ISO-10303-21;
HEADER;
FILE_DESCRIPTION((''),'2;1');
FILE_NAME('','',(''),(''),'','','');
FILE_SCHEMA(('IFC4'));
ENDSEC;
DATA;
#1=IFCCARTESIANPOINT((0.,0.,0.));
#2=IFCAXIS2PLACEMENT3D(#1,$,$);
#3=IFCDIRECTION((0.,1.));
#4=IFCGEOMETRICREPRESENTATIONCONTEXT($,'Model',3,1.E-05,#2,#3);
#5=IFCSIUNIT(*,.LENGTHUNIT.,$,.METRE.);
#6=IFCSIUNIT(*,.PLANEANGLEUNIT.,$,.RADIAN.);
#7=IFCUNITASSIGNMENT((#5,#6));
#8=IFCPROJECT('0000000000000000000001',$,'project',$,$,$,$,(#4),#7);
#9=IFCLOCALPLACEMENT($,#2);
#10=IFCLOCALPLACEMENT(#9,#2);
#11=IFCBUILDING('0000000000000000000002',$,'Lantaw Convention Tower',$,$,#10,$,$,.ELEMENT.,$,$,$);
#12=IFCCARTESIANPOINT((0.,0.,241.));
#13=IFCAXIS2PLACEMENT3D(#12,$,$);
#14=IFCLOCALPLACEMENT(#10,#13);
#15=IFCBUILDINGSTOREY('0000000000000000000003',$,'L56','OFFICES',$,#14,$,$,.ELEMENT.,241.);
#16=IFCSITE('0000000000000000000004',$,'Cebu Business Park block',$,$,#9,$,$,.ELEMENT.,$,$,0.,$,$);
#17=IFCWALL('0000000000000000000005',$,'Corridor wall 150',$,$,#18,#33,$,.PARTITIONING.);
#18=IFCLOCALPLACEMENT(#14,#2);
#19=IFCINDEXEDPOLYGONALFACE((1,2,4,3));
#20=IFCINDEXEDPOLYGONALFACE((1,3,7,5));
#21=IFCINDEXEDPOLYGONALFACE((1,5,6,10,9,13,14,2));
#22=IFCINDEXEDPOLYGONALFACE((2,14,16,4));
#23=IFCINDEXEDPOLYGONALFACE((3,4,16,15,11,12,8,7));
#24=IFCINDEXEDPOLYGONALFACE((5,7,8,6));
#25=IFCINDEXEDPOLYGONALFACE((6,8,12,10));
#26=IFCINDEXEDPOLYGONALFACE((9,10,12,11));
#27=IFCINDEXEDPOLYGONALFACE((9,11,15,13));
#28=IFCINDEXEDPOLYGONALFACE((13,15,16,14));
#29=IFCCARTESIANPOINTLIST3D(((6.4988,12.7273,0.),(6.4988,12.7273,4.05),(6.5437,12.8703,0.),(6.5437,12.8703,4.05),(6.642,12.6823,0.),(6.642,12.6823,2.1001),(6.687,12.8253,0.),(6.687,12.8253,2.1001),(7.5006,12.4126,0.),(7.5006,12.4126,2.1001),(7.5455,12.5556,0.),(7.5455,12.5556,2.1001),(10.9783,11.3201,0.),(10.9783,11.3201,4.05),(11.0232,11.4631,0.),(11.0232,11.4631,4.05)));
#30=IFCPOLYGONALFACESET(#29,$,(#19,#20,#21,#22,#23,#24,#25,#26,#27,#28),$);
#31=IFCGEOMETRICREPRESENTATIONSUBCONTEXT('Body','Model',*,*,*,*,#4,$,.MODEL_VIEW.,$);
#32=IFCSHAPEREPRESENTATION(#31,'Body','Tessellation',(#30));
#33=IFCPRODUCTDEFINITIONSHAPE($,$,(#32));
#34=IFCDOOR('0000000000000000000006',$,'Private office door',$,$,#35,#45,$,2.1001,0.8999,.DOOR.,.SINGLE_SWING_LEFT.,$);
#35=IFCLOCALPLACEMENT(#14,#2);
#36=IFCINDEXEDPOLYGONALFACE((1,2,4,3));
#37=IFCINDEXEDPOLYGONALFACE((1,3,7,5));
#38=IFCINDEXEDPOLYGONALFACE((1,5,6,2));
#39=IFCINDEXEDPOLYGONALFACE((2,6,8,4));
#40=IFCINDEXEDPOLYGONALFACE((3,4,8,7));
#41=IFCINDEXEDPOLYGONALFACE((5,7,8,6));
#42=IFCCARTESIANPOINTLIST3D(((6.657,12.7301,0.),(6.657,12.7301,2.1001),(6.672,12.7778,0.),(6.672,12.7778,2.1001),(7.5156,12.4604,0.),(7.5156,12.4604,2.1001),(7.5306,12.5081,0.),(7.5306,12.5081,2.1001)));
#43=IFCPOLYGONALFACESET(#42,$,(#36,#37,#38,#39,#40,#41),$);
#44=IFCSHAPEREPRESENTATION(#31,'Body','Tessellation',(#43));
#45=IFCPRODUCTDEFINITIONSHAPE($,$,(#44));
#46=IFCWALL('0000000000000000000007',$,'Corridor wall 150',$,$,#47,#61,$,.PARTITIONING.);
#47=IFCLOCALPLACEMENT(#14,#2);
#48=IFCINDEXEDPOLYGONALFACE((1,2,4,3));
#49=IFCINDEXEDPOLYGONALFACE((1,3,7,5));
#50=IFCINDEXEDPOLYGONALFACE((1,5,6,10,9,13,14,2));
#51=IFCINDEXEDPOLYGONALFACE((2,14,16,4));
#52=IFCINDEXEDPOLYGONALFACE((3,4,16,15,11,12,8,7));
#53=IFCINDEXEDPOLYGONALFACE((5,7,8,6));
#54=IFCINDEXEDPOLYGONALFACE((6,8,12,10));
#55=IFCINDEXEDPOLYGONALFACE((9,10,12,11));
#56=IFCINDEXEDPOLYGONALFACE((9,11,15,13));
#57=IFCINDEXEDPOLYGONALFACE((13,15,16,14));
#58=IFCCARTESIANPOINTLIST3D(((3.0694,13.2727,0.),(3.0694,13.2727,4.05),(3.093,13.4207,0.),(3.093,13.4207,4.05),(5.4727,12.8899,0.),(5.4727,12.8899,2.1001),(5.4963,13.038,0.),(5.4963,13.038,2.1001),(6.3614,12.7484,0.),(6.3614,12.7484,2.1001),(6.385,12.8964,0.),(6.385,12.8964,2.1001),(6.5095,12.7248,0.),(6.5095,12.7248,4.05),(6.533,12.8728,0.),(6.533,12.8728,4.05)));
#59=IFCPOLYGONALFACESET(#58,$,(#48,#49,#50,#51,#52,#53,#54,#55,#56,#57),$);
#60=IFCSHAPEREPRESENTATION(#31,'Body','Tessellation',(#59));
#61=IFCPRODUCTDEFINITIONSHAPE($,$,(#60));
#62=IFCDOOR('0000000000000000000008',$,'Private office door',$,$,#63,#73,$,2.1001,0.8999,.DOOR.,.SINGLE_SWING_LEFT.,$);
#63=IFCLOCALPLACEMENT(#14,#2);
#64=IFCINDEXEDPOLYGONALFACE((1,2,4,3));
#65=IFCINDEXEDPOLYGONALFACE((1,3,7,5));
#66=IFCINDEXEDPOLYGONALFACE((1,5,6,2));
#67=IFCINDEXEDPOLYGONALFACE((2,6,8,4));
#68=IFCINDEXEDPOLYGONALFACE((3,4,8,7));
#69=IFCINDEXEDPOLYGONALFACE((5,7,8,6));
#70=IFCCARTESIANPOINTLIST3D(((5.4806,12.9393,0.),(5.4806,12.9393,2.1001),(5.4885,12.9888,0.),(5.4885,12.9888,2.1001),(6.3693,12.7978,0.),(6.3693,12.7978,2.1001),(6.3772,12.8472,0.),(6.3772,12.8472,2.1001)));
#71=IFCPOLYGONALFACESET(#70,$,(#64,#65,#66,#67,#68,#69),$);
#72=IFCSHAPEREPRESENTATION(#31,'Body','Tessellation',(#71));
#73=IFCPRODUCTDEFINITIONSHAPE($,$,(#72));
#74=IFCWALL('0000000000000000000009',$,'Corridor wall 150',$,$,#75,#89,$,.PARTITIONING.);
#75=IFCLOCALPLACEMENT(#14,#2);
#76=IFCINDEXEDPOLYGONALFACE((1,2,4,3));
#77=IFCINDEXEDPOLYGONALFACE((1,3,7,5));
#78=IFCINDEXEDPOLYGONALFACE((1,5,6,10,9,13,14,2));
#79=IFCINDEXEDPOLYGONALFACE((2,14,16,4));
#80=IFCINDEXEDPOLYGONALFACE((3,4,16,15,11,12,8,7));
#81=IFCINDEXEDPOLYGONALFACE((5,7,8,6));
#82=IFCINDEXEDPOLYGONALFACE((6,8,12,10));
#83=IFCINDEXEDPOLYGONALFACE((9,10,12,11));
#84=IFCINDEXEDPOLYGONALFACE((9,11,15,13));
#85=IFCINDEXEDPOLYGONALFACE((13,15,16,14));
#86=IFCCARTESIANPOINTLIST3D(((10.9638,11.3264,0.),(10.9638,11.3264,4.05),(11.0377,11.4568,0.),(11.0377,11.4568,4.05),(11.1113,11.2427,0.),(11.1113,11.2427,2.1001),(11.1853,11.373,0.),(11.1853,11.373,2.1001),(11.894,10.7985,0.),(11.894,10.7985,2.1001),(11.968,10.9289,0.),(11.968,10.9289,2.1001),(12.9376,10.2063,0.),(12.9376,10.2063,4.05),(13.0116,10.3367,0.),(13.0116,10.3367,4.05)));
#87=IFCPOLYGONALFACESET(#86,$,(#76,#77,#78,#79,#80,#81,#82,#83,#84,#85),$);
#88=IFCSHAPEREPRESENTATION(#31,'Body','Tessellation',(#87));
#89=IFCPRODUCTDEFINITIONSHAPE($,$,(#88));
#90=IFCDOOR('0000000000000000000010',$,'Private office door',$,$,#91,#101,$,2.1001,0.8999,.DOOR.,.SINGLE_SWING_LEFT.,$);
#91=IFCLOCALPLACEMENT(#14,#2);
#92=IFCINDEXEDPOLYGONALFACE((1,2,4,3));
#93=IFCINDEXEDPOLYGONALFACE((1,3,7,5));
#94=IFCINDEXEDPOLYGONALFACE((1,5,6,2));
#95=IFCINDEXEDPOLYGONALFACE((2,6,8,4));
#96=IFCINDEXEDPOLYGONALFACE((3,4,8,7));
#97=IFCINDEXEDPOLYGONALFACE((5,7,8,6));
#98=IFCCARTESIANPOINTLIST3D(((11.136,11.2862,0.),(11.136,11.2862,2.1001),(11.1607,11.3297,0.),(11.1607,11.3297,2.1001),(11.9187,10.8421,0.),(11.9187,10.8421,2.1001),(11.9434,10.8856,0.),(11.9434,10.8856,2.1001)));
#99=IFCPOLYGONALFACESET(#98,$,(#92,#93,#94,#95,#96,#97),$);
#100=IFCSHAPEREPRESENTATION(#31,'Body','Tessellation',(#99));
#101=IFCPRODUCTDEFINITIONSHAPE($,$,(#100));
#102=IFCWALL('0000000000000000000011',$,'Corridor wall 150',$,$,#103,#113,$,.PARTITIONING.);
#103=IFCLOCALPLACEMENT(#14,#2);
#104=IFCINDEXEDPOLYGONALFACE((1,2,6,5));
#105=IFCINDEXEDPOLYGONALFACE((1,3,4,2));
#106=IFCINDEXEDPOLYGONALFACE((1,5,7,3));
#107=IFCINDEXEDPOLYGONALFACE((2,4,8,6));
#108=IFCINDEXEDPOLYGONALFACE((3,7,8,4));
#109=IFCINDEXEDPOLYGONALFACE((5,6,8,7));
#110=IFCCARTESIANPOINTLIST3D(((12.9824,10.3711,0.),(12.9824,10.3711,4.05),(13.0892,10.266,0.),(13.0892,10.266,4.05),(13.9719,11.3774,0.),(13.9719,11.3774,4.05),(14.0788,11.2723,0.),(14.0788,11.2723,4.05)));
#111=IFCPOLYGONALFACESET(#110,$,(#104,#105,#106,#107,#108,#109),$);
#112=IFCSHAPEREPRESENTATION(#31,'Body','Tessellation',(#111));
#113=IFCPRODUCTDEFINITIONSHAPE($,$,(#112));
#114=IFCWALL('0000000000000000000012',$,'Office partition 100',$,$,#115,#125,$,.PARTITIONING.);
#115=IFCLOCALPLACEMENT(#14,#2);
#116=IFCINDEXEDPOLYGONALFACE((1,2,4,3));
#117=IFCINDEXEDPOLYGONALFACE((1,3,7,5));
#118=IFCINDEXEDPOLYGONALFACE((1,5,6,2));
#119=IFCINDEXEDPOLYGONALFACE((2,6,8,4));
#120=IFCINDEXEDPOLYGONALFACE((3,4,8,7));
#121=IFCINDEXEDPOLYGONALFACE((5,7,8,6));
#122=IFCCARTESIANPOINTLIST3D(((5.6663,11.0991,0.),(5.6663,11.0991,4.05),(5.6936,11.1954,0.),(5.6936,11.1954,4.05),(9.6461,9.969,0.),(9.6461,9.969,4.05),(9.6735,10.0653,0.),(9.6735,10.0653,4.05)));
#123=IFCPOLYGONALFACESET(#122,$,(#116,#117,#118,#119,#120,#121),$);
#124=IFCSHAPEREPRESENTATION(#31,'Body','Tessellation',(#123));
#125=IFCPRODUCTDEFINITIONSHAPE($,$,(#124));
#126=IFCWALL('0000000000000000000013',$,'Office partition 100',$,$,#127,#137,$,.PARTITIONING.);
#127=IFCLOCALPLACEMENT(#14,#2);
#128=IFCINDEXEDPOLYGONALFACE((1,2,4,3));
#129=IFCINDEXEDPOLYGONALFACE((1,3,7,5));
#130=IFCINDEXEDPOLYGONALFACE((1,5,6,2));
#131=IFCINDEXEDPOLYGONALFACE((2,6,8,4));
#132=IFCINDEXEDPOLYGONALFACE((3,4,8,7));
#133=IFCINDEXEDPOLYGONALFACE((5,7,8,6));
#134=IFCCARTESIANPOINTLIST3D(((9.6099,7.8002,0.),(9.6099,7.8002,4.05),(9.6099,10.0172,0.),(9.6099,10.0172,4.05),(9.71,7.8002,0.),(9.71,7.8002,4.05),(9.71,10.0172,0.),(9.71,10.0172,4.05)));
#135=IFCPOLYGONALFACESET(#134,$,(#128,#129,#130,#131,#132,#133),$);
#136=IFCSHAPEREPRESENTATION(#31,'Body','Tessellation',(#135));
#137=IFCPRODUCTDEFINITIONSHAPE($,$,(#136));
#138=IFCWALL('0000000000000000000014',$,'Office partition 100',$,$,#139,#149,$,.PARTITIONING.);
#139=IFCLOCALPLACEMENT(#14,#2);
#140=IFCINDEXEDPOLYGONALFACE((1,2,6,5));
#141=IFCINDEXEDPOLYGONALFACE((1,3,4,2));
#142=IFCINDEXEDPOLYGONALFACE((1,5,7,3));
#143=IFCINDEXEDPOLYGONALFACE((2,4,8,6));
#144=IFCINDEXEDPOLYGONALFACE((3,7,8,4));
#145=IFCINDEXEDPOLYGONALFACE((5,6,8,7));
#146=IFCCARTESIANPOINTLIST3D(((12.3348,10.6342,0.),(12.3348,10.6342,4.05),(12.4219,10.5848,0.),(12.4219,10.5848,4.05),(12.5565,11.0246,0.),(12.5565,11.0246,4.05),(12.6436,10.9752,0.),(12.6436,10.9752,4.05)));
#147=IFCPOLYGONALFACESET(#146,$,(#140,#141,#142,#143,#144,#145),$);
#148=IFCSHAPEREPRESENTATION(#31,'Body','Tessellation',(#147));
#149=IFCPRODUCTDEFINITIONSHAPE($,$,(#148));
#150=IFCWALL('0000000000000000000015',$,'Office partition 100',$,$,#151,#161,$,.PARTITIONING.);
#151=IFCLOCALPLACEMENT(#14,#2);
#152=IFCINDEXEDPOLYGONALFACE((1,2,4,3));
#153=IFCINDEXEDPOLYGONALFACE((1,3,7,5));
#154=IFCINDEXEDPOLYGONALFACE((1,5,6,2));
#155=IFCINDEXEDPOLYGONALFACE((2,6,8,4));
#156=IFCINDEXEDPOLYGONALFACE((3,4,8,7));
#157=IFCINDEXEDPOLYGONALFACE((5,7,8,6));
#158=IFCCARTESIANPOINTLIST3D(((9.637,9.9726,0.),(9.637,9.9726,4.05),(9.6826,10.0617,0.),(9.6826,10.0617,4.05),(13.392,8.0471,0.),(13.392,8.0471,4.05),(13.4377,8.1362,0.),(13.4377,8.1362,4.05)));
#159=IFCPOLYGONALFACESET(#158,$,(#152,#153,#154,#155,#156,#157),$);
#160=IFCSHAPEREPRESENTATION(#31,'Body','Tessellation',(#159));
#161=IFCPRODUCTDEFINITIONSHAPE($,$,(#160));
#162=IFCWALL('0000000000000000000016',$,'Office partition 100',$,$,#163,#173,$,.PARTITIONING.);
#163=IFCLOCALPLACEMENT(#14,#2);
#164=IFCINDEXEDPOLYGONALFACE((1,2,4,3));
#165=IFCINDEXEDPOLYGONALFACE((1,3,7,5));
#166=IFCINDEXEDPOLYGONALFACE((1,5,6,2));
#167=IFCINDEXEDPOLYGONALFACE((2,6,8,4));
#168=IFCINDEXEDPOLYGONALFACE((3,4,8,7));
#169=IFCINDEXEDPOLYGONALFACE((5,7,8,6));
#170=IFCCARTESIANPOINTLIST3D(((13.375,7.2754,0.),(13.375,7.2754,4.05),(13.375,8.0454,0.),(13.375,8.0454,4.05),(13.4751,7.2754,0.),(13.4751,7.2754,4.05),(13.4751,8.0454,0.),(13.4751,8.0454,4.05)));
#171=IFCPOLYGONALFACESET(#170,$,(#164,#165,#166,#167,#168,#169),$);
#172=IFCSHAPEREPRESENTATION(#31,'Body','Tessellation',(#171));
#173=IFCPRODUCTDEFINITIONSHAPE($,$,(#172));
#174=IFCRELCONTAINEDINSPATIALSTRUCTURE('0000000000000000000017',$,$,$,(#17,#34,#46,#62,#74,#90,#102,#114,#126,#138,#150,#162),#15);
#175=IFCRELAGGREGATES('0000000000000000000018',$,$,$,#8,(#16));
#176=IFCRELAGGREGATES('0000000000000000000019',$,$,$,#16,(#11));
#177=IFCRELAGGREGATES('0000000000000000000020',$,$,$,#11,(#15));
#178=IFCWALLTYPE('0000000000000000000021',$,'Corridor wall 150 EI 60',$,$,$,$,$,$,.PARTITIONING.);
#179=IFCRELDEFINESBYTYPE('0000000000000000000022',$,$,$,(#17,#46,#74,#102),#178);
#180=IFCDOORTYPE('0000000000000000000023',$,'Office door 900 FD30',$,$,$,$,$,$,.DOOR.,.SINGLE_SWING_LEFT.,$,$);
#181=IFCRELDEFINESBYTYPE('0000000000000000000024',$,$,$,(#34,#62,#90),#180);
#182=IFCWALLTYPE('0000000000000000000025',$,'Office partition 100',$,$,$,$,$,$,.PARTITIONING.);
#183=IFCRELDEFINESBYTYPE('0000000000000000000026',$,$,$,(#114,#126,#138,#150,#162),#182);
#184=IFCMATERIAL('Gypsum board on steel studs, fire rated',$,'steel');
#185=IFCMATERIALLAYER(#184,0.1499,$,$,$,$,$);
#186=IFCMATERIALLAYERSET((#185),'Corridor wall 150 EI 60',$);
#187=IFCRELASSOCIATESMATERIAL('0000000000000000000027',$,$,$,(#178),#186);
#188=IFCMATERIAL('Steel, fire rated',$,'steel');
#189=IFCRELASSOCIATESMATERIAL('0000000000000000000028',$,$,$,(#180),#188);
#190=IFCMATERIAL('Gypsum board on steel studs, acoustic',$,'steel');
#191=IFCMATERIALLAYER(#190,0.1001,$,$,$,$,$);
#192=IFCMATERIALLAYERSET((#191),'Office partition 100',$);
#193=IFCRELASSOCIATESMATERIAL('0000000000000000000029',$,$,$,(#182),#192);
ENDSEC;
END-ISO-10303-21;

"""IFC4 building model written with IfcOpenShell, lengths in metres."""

from ifc_helpers import new_model, si_unit, direction, frame, frame_2d, origin, place, context, subcontext, project, spatial, rectangle, extrude, material, layer, layer_set, type_object, element, fill, save


model = new_model("IFC4")

# Units and contexts
model_context = context("Model", 3, precision=1e-05, world=origin(), true_north=direction((0.0, 1.0)))
body_context = subcontext(model_context, "Body", "Model", "MODEL_VIEW")
ifc_project = project(units=[si_unit("LENGTHUNIT", "METRE"), si_unit("PLANEANGLEUNIT", "RADIAN")], contexts=[model_context])

# Site, building, storey
site_placement = place(None, origin())
site = spatial("IfcSite", under=ifc_project, at=site_placement, Name="Cebu Business Park block", CompositionType="ELEMENT", RefElevation=0.0)
building_placement = place(site_placement, origin())
building = spatial("IfcBuilding", under=site, at=building_placement, Name="Lantaw Convention Tower", CompositionType="ELEMENT")
storey_placement = place(building_placement, frame((0.0, 0.0, 241.0)))
storey = spatial("IfcBuildingStorey", under=building, at=storey_placement, Name="L56", Description="OFFICES", CompositionType="ELEMENT", Elevation=241.0)

# Walls, openings, doors
ifc_material_1 = material(Name="Gypsum board on steel studs, fire rated", Category="steel")
ifc_layer_1 = layer(ifc_material_1, 0.1499)
ifc_layer_set_1 = layer_set([ifc_layer_1], Name="Corridor wall 150 EI 60")
wall_type_1 = type_object("IfcWallType", Name="Corridor wall 150 EI 60", PredefinedType="PARTITIONING", material=ifc_layer_set_1)
wall_1_placement = place(storey_placement, frame((11.0007, 11.3916, 0.0), z_axis=(0.0, 0.0, 1.0), x_axis=(-0.954031, 0.299708, 0.0)))
wall_1 = element("IfcWall", 1, at=wall_1_placement, inside=storey, type_object=wall_type_1, Name="Corridor wall 150", PredefinedType="PARTITIONING", context=body_context, shape_type="SweptSolid", body=[
    extrude(rectangle(XDim=4.6953, YDim=0.1499, at=frame_2d((2.3477, 0.0))), origin(), (0.0, 0.0, 1.0), 4.05),
])
opening_1_placement = place(wall_1_placement, frame((3.6453, 0.0, 0.0)))
opening_1 = element("IfcOpeningElement", 2, at=opening_1_placement, cuts=wall_1, PredefinedType="OPENING", context=body_context, shape_type="SweptSolid", body=[
    extrude(rectangle(XDim=0.8999, YDim=2.1001, at=frame_2d((0.45, 1.05))), frame((0.0, 0.085, 0.0), z_axis=(0.0, -1.0, 0.0), x_axis=(1.0, 0.0, 0.0)), (0.0, 0.0, 1.0), 0.1699),
])
ifc_material_2 = material(Name="Steel, fire rated", Category="steel")
door_type_1 = type_object("IfcDoorType", Name="Office door 900 FD30", OperationType="SINGLE_SWING_LEFT", PredefinedType="DOOR", material=ifc_material_2)
door_1_placement = place(opening_1_placement, origin())
door_1 = element("IfcDoor", 3, at=door_1_placement, inside=storey, type_object=door_type_1, Name="Private office door", OperationType="SINGLE_SWING_LEFT", OverallHeight=2.1001, OverallWidth=0.8999, PredefinedType="DOOR", context=body_context, shape_type="SweptSolid", body=[
    extrude(rectangle(XDim=0.8999, YDim=2.1001, at=frame_2d((0.45, 1.05))), frame((0.0, 0.0249, 0.0), z_axis=(0.0, -1.0, 0.0), x_axis=(1.0, 0.0, 0.0)), (0.0, 0.0, 1.0), 0.05),
])
fill(opening_1, door_1)
wall_2_placement = place(storey_placement, frame((6.5212, 12.7988, 0.0), z_axis=(0.0, 0.0, 1.0), x_axis=(-0.987554, 0.15728, 0.0)))
wall_2 = element("IfcWall", 4, at=wall_2_placement, inside=storey, type_object=wall_type_1, Name="Corridor wall 150", PredefinedType="PARTITIONING", context=body_context, shape_type="SweptSolid", body=[
    extrude(rectangle(XDim=3.4834, YDim=0.1499, at=frame_2d((1.7417, 0.0))), origin(), (0.0, 0.0, 1.0), 4.05),
])
opening_2_placement = place(wall_2_placement, frame((0.1499, 0.0, 0.0)))
opening_2 = element("IfcOpeningElement", 5, at=opening_2_placement, cuts=wall_2, PredefinedType="OPENING", context=body_context, shape_type="SweptSolid", body=[
    extrude(rectangle(XDim=0.8999, YDim=2.1001, at=frame_2d((0.45, 1.05))), frame((0.0, 0.085, 0.0), z_axis=(0.0, -1.0, 0.0), x_axis=(1.0, 0.0, 0.0)), (0.0, 0.0, 1.0), 0.1699),
])
door_2_placement = place(opening_2_placement, origin())
door_2 = element("IfcDoor", 6, at=door_2_placement, inside=storey, type_object=door_type_1, Name="Private office door", OperationType="SINGLE_SWING_LEFT", OverallHeight=2.1001, OverallWidth=0.8999, PredefinedType="DOOR", context=body_context, shape_type="SweptSolid", body=[
    extrude(rectangle(XDim=0.8999, YDim=2.1001, at=frame_2d((0.45, 1.05))), frame((0.0, 0.0249, 0.0), z_axis=(0.0, -1.0, 0.0), x_axis=(1.0, 0.0, 0.0)), (0.0, 0.0, 1.0), 0.05),
])
fill(opening_2, door_2)
wall_3_placement = place(storey_placement, frame((12.9746, 10.2715, 0.0), z_axis=(0.0, 0.0, 1.0), x_axis=(-0.869722, 0.493542, 0.0)))
wall_3 = element("IfcWall", 7, at=wall_3_placement, inside=storey, type_object=wall_type_1, Name="Corridor wall 150", PredefinedType="PARTITIONING", context=body_context, shape_type="SweptSolid", body=[
    extrude(rectangle(XDim=2.2695, YDim=0.1499, at=frame_2d((1.1348, 0.0))), origin(), (0.0, 0.0, 1.0), 4.05),
])
opening_3_placement = place(wall_3_placement, frame((1.2, 0.0, 0.0)))
opening_3 = element("IfcOpeningElement", 8, at=opening_3_placement, cuts=wall_3, PredefinedType="OPENING", context=body_context, shape_type="SweptSolid", body=[
    extrude(rectangle(XDim=0.8999, YDim=2.1001, at=frame_2d((0.45, 1.05))), frame((0.0, 0.085, 0.0), z_axis=(0.0, -1.0, 0.0), x_axis=(1.0, 0.0, 0.0)), (0.0, 0.0, 1.0), 0.1699),
])
door_3_placement = place(opening_3_placement, origin())
door_3 = element("IfcDoor", 9, at=door_3_placement, inside=storey, type_object=door_type_1, Name="Private office door", OperationType="SINGLE_SWING_LEFT", OverallHeight=2.1001, OverallWidth=0.8999, PredefinedType="DOOR", context=body_context, shape_type="SweptSolid", body=[
    extrude(rectangle(XDim=0.8999, YDim=2.1001, at=frame_2d((0.45, 1.05))), frame((0.0, 0.0249, 0.0), z_axis=(0.0, -1.0, 0.0), x_axis=(1.0, 0.0, 0.0)), (0.0, 0.0, 1.0), 0.05),
])
fill(opening_3, door_3)

# Walls
wall_4_placement = place(storey_placement, frame((13.0359, 10.3186, 0.0), z_axis=(0.0, 0.0, 1.0), x_axis=(0.701114, 0.71305, 0.0)))
element("IfcWall", 10, at=wall_4_placement, inside=storey, type_object=wall_type_1, Name="Corridor wall 150", PredefinedType="PARTITIONING", context=body_context, shape_type="SweptSolid", body=[
    extrude(rectangle(XDim=1.4114, YDim=0.1499, at=frame_2d((0.7056, 0.0))), origin(), (0.0, 0.0, 1.0), 4.05),
])
ifc_material_3 = material(Name="Gypsum board on steel studs, acoustic", Category="steel")
ifc_layer_2 = layer(ifc_material_3, 0.1001)
ifc_layer_set_2 = layer_set([ifc_layer_2], Name="Office partition 100")
wall_type_2 = type_object("IfcWallType", Name="Office partition 100", PredefinedType="PARTITIONING", material=ifc_layer_set_2)
wall_5_placement = place(storey_placement, frame((5.6799, 11.1472, 0.0), z_axis=(0.0, 0.0, 1.0), x_axis=(0.96197, -0.273154, 0.0)))
element("IfcWall", 11, at=wall_5_placement, inside=storey, type_object=wall_type_2, Name="Office partition 100", PredefinedType="PARTITIONING", context=body_context, shape_type="SweptSolid", body=[
    extrude(rectangle(XDim=4.1372, YDim=0.1001, at=frame_2d((2.0686, 0.0))), origin(), (0.0, 0.0, 1.0), 4.05),
])
wall_6_placement = place(storey_placement, frame((9.6599, 10.0171, 0.0), z_axis=(0.0, 0.0, 1.0), x_axis=(0.0, -1.0, 0.0)))
element("IfcWall", 12, at=wall_6_placement, inside=storey, type_object=wall_type_2, Name="Office partition 100", PredefinedType="PARTITIONING", context=body_context, shape_type="SweptSolid", body=[
    extrude(rectangle(XDim=2.217, YDim=0.1001, at=frame_2d((1.1084, 0.0))), origin(), (0.0, 0.0, 1.0), 4.05),
])
wall_7_placement = place(storey_placement, frame((12.6001, 11.0, 0.0), z_axis=(0.0, 0.0, 1.0), x_axis=(-0.493794, -0.869579, 0.0)))
element("IfcWall", 13, at=wall_7_placement, inside=storey, type_object=wall_type_2, Name="Office partition 100", PredefinedType="PARTITIONING", context=body_context, shape_type="SweptSolid", body=[
    extrude(rectangle(XDim=0.449, YDim=0.1001, at=frame_2d((0.2246, 0.0))), origin(), (0.0, 0.0, 1.0), 4.05),
])
wall_8_placement = place(storey_placement, frame((9.6599, 10.0171, 0.0), z_axis=(0.0, 0.0, 1.0), x_axis=(0.889834, -0.456285, 0.0)))
element("IfcWall", 14, at=wall_8_placement, inside=storey, type_object=wall_type_2, Name="Office partition 100", PredefinedType="PARTITIONING", context=body_context, shape_type="SweptSolid", body=[
    extrude(rectangle(XDim=4.22, YDim=0.1001, at=frame_2d((2.1099, 0.0))), origin(), (0.0, 0.0, 1.0), 4.05),
])
wall_9_placement = place(storey_placement, frame((13.425, 7.2754, 0.0), z_axis=(0.0, 0.0, 1.0), x_axis=(0.0, 1.0, 0.0)))
element("IfcWall", 15, at=wall_9_placement, inside=storey, type_object=wall_type_2, Name="Office partition 100", PredefinedType="PARTITIONING", context=body_context, shape_type="SweptSolid", body=[
    extrude(rectangle(XDim=0.77, YDim=0.1001, at=frame_2d((0.385, 0.0))), origin(), (0.0, 0.0, 1.0), 4.05),
])

save(model, "model.ifc")
